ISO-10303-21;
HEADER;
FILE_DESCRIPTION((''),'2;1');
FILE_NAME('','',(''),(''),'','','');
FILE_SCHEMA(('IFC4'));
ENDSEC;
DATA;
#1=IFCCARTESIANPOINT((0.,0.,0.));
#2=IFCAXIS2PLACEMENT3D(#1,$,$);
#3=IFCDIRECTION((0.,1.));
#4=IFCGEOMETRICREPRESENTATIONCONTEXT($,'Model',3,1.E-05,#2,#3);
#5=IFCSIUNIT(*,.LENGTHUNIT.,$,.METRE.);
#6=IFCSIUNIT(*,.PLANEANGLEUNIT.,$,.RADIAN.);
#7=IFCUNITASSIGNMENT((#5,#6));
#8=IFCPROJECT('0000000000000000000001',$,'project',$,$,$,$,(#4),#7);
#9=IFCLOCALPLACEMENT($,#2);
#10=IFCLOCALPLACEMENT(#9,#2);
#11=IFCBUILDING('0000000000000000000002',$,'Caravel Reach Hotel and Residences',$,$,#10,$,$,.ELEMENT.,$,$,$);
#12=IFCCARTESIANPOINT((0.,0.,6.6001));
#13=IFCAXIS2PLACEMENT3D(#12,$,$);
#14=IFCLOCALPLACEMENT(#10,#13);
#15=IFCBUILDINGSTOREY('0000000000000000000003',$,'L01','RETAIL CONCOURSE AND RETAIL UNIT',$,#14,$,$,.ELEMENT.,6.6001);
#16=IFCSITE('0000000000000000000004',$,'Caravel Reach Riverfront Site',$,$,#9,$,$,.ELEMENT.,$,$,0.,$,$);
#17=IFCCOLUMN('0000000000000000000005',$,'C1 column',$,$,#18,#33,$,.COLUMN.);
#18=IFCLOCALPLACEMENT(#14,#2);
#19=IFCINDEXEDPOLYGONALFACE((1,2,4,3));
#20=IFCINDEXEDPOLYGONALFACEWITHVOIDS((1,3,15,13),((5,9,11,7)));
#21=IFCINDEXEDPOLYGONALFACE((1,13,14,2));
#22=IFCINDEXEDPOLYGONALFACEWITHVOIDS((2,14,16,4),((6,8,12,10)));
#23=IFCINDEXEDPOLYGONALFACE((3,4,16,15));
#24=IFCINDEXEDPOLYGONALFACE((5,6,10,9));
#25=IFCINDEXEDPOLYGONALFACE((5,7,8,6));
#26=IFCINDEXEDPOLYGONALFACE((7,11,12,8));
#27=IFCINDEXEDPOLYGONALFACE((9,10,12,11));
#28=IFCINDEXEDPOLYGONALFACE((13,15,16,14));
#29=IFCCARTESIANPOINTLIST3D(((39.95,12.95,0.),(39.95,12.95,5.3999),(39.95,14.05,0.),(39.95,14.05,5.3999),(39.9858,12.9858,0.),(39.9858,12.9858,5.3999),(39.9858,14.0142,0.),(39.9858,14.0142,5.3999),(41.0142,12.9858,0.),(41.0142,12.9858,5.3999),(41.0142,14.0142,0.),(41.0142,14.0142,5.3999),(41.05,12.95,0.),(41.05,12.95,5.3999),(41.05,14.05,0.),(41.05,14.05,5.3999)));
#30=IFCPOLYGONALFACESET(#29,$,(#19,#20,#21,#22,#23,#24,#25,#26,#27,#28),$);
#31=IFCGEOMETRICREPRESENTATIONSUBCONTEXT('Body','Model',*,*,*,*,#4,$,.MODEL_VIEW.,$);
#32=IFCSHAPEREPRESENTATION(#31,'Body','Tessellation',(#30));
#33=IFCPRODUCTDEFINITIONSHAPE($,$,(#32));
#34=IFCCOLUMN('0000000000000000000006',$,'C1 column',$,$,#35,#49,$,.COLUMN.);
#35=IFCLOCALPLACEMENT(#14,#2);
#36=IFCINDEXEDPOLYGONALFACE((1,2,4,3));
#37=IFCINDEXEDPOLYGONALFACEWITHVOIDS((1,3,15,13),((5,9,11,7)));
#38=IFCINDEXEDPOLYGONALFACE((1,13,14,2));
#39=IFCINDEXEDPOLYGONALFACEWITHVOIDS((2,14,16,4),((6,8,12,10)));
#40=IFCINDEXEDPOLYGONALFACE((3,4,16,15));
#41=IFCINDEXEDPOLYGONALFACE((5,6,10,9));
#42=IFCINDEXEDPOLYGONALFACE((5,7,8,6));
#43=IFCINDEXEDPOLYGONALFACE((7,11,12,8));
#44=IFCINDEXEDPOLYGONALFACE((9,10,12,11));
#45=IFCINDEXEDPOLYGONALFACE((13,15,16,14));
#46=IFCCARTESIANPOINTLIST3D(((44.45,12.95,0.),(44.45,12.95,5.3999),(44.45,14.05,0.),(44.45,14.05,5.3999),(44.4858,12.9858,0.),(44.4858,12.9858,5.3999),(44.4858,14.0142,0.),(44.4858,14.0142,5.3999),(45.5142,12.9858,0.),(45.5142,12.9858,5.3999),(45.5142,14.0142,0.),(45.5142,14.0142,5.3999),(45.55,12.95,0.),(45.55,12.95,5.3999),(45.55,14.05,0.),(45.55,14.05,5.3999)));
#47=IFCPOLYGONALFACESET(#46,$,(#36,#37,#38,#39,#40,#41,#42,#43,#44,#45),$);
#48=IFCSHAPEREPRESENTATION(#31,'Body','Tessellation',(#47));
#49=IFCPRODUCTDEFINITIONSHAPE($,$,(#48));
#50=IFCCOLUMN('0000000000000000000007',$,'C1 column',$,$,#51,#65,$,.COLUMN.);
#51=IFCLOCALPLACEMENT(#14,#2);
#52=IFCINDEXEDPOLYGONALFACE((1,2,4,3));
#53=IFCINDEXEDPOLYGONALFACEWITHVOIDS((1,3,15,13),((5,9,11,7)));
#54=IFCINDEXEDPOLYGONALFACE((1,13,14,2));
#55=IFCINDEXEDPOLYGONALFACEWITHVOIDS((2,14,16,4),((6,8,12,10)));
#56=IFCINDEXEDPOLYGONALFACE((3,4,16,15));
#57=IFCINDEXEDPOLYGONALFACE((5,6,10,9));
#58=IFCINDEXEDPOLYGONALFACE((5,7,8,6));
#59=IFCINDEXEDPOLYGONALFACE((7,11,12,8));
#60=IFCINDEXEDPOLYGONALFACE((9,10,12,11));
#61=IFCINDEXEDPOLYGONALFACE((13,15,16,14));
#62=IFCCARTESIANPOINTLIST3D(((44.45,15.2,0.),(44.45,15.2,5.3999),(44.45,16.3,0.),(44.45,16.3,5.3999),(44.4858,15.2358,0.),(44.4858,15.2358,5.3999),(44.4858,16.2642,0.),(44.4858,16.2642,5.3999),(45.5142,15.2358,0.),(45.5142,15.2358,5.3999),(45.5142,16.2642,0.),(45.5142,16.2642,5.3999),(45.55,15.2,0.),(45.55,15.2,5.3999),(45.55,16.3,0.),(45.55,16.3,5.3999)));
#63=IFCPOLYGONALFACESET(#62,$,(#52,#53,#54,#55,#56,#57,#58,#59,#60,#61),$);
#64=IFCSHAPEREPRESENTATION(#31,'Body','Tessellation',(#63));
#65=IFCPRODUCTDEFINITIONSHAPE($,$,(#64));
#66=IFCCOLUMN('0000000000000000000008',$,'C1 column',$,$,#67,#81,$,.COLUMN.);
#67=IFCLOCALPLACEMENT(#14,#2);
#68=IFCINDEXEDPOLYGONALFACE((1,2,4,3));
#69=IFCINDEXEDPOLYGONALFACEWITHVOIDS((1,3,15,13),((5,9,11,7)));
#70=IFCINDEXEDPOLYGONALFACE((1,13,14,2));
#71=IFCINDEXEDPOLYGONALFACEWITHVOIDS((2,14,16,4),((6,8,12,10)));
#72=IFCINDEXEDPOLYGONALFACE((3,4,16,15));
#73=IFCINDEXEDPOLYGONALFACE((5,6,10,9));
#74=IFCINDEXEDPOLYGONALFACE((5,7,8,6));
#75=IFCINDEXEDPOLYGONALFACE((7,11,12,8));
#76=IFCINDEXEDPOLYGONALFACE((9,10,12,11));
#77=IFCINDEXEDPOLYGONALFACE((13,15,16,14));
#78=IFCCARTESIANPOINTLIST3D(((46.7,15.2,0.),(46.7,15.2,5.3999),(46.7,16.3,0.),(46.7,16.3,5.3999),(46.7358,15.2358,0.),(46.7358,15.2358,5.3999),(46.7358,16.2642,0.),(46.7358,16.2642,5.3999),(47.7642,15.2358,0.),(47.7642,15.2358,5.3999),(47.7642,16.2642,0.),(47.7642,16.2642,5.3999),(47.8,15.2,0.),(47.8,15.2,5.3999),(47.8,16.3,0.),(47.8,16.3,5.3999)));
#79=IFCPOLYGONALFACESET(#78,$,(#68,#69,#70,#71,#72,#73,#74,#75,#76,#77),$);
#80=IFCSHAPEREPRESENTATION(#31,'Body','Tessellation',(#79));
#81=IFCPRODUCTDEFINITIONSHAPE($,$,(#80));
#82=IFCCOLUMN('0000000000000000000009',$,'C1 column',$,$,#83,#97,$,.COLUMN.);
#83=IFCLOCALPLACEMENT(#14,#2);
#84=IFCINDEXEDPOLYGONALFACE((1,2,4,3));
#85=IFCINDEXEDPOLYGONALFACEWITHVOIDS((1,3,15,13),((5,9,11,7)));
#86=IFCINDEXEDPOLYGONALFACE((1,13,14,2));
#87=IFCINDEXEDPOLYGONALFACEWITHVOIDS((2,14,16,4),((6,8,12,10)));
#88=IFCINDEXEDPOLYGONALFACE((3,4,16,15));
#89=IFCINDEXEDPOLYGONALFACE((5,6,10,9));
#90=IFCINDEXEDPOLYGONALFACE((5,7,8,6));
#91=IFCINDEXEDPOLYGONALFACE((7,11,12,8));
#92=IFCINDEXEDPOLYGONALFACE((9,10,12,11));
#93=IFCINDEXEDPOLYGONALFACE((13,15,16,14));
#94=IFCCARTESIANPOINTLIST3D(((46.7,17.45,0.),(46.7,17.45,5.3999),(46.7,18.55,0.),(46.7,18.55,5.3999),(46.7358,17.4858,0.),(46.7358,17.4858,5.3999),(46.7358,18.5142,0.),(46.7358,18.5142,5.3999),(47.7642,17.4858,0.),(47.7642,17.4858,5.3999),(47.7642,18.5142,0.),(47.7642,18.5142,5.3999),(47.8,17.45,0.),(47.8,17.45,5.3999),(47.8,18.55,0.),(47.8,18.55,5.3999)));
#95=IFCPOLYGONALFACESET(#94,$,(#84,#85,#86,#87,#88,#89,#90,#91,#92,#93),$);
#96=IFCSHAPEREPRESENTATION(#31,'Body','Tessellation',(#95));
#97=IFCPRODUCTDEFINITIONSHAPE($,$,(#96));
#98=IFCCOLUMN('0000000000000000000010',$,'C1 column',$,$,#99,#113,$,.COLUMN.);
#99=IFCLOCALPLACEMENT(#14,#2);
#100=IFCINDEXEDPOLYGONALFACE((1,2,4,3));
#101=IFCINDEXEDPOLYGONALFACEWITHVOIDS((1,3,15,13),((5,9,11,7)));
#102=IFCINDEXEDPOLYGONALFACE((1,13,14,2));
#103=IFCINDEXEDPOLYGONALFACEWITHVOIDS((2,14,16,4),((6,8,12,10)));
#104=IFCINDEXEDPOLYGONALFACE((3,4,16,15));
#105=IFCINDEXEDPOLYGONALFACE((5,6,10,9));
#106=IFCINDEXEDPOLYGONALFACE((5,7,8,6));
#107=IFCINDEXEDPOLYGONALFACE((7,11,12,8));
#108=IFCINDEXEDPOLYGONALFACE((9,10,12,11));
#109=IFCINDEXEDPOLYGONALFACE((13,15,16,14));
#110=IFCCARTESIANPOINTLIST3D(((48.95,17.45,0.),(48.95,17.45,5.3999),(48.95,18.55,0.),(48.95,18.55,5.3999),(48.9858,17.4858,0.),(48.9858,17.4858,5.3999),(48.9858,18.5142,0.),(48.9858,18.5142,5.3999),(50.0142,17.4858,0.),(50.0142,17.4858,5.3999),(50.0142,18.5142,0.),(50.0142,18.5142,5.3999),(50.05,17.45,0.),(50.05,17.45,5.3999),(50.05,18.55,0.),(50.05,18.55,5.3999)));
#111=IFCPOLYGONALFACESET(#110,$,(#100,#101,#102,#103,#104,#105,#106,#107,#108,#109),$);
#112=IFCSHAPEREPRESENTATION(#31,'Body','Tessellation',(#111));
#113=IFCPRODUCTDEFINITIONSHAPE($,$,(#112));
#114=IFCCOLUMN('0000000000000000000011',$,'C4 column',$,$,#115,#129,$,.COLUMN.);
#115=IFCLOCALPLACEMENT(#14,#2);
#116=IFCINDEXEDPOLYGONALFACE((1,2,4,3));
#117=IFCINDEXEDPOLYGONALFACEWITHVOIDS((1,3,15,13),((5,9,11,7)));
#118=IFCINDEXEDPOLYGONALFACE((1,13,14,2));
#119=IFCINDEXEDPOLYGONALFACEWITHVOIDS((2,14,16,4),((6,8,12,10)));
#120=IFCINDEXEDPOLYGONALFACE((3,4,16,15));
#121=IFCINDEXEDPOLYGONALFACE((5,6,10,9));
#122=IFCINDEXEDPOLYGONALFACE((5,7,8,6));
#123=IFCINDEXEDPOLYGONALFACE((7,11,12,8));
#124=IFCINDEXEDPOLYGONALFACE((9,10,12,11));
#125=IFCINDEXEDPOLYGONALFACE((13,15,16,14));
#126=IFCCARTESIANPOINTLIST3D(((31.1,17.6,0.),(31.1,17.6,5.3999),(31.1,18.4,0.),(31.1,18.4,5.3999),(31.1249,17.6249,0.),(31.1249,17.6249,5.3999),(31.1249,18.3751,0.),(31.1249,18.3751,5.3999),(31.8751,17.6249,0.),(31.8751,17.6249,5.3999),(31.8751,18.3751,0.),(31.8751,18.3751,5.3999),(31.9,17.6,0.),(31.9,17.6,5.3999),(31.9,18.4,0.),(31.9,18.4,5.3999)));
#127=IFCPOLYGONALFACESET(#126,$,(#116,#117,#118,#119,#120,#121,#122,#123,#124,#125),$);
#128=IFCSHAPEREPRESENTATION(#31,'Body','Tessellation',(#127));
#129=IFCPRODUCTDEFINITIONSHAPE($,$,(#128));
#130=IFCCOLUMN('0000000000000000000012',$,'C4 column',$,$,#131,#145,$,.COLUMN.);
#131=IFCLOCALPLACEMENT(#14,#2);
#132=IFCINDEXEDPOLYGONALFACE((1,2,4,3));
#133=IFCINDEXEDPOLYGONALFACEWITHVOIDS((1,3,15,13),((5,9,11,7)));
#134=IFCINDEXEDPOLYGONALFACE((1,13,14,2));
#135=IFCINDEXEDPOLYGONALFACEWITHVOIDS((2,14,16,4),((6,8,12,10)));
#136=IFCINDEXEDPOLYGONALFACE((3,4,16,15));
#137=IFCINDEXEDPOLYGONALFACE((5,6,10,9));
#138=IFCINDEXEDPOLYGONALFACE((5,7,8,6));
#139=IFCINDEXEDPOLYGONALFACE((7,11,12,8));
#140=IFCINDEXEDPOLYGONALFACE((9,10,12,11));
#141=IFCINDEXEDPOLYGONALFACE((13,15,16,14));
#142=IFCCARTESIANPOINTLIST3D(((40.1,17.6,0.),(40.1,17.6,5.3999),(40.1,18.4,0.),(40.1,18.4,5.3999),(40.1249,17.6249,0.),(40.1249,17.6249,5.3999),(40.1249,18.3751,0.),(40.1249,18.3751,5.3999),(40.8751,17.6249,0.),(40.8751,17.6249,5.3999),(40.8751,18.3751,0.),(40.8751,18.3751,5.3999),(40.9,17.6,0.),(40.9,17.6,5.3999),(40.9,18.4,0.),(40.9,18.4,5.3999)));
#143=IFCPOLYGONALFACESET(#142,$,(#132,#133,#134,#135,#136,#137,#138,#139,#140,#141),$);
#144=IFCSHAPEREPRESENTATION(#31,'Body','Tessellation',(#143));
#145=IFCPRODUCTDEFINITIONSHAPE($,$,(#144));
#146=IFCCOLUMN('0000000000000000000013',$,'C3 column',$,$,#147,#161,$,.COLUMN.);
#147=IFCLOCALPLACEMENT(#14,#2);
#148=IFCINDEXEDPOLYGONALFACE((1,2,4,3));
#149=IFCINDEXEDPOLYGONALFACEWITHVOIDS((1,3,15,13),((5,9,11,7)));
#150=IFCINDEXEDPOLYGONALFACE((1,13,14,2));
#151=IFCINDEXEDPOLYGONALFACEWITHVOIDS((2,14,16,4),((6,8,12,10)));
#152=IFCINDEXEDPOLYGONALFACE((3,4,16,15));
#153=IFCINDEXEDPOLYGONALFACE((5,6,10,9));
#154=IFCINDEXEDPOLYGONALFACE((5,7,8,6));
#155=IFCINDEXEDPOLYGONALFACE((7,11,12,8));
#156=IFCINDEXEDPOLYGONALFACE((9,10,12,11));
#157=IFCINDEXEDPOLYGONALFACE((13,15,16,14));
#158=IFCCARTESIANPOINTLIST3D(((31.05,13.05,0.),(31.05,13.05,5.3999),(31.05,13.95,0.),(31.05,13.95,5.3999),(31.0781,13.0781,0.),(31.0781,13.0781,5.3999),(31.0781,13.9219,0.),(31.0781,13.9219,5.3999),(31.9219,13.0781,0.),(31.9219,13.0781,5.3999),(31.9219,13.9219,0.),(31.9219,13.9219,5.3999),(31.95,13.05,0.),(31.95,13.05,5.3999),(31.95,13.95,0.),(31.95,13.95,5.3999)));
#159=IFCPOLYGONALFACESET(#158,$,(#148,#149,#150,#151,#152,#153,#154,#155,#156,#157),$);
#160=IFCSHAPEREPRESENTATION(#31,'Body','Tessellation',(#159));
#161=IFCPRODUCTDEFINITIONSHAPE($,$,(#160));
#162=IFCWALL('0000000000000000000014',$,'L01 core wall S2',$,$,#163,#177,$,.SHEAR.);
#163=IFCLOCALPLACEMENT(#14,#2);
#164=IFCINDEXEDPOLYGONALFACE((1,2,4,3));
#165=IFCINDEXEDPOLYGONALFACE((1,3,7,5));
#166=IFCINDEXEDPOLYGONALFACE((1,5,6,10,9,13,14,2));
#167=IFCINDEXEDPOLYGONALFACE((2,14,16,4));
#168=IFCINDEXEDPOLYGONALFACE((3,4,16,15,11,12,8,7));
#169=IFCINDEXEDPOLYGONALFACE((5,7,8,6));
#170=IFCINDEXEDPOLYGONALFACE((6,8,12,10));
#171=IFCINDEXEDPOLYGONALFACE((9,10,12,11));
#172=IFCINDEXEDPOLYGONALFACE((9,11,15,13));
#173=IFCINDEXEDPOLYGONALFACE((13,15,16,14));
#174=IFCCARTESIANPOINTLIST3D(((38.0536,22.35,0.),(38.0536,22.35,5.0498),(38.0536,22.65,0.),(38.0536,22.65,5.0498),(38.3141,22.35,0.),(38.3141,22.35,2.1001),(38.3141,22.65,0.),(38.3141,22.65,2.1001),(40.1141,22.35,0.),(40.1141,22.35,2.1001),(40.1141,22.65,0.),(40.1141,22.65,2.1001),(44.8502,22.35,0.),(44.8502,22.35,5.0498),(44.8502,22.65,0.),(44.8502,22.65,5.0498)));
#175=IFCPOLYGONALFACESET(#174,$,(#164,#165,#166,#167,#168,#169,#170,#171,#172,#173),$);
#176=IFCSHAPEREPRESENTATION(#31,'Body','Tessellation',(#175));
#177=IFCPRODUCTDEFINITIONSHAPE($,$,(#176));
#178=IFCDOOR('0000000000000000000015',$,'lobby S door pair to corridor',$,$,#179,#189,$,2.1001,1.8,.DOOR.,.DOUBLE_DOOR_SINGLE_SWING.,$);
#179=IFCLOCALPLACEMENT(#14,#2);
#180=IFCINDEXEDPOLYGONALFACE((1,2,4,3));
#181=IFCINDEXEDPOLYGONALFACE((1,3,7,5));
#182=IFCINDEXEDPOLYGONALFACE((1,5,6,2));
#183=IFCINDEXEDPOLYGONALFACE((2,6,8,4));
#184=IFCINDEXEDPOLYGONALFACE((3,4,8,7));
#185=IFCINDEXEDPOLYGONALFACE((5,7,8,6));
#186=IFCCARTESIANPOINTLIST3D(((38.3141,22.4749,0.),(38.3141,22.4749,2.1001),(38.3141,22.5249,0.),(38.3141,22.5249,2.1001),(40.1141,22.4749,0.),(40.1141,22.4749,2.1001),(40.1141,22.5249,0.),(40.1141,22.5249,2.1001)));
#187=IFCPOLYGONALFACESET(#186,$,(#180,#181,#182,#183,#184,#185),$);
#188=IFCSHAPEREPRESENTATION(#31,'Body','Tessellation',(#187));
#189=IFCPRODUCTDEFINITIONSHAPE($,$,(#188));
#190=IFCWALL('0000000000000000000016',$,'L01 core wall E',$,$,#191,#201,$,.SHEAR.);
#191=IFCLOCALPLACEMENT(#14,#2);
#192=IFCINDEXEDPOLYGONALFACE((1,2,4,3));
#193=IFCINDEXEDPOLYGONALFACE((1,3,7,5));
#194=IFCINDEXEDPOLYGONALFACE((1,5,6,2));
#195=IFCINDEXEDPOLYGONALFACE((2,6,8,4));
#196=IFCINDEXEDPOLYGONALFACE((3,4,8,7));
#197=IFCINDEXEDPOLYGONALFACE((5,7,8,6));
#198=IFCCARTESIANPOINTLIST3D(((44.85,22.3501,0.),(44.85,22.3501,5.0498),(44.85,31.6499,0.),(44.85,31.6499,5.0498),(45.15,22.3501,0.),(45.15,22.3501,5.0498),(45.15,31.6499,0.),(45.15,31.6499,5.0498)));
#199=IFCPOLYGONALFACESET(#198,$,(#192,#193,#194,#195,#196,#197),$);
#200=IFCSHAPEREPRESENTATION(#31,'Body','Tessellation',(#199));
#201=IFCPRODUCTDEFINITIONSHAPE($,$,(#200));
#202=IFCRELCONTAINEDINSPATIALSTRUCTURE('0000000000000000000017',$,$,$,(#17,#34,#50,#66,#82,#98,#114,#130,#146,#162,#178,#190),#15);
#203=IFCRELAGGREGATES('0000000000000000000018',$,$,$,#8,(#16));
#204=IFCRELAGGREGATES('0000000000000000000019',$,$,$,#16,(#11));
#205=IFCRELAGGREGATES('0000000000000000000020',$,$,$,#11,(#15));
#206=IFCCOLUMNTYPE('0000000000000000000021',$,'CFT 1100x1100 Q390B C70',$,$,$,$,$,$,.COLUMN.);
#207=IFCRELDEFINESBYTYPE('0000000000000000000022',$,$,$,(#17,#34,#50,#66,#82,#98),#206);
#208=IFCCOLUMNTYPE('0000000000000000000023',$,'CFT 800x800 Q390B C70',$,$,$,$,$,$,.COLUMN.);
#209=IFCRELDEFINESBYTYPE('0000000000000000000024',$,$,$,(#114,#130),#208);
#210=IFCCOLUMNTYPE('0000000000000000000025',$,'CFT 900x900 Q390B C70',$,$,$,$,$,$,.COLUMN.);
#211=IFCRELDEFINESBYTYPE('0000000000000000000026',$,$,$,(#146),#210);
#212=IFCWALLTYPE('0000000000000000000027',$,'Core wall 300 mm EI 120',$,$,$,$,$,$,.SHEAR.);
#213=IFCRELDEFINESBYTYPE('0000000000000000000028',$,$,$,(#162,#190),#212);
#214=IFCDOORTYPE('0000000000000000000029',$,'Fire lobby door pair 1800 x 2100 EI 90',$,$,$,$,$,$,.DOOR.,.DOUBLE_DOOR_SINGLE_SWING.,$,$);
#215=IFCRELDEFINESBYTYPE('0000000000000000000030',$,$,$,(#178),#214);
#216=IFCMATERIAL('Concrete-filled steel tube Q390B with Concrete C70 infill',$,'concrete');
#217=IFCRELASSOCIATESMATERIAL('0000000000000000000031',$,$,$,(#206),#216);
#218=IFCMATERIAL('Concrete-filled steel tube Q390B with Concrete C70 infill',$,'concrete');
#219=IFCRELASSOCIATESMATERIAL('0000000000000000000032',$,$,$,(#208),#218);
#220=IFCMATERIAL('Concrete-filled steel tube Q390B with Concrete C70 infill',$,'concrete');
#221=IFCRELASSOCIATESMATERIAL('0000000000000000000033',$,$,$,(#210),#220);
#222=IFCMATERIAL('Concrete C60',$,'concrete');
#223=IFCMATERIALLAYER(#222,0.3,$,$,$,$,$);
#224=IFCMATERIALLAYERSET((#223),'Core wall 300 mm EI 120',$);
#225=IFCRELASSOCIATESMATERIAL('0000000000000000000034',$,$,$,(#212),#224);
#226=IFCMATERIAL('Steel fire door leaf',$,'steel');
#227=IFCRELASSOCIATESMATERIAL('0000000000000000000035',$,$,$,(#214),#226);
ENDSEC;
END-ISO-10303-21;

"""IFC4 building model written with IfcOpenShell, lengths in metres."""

from ifc_helpers import new_model, si_unit, direction, frame, frame_2d, origin, origin_2d, place, context, subcontext, project, spatial, rectangle, hollow_rectangle, extrude, material, layer, layer_set, material_profile, profile_set, type_object, element, fill, save


model = new_model("IFC4")

# Units and contexts
model_context = context("Model", 3, precision=1e-05, world=origin(), true_north=direction((0.0, 1.0)))
body_context = subcontext(model_context, "Body", "Model", "MODEL_VIEW")
ifc_project = project(units=[si_unit("LENGTHUNIT", "METRE"), si_unit("PLANEANGLEUNIT", "RADIAN")], contexts=[model_context])

# Site, building, storey
site_placement = place(None, origin())
site = spatial("IfcSite", under=ifc_project, at=site_placement, Name="Caravel Reach Riverfront Site", CompositionType="ELEMENT", RefElevation=0.0)
building_placement = place(site_placement, origin())
building = spatial("IfcBuilding", under=site, at=building_placement, Name="Caravel Reach Hotel and Residences", CompositionType="ELEMENT")
storey_placement = place(building_placement, frame((0.0, 0.0, 6.6001)))
storey = spatial("IfcBuildingStorey", under=building, at=storey_placement, Name="L01", Description="RETAIL CONCOURSE AND RETAIL UNIT", CompositionType="ELEMENT", Elevation=6.6001)

# Columns
ifc_material_1 = material(Name="Concrete-filled steel tube Q390B with Concrete C70 infill", Category="concrete")
ifc_material_profile_1 = material_profile(ifc_material_1, hollow_rectangle(XDim=1.1001, YDim=1.1001, WallThickness=0.0359, at=origin_2d()), Name="RHS 1100x1100x36")
ifc_profile_set_1 = profile_set([ifc_material_profile_1], Name="Concrete-filled steel tube Q390B with Concrete C70 infill")
column_type_1 = type_object("IfcColumnType", Name="CFT 1100x1100 Q390B C70", PredefinedType="COLUMN", material=ifc_profile_set_1)
for number, where, z_axis, x_axis, name in (
    (1, (40.5, 13.5, 0.0), (0.0, 0.0, 1.0), (1.0, 0.0, 0.0), "C1 column"),
    (2, (45.0, 13.5, 0.0), (0.0, 0.0, 1.0), (1.0, 0.0, 0.0), "C1 column"),
    (3, (45.0, 15.75, 0.0), (0.0, 0.0, 1.0), (1.0, 0.0, 0.0), "C1 column"),
    (4, (47.25, 15.75, 0.0), (0.0, 0.0, 1.0), (1.0, 0.0, 0.0), "C1 column"),
    (5, (47.25, 18.0, 0.0), (0.0, 0.0, 1.0), (1.0, 0.0, 0.0), "C1 column"),
    (6, (49.5, 18.0, 0.0), (0.0, 0.0, 1.0), (1.0, 0.0, 0.0), "C1 column"),
):
    element("IfcColumn", number, at=place(storey_placement, frame(where, z_axis=z_axis, x_axis=x_axis)), inside=storey, type_object=column_type_1, Name=name, PredefinedType="COLUMN", context=body_context, shape_type="SweptSolid", body=[
        extrude(hollow_rectangle(XDim=1.1001, YDim=1.1001, WallThickness=0.0359, at=origin_2d()), origin(), (0.0, 0.0, 1.0), 5.3999),
    ])
ifc_material_2 = material(Name="Concrete-filled steel tube Q390B with Concrete C70 infill", Category="concrete")
ifc_material_profile_2 = material_profile(ifc_material_2, hollow_rectangle(XDim=0.8, YDim=0.8, WallThickness=0.0249, at=origin_2d()), Name="RHS 800x800x25")
ifc_profile_set_2 = profile_set([ifc_material_profile_2], Name="Concrete-filled steel tube Q390B with Concrete C70 infill")
column_type_2 = type_object("IfcColumnType", Name="CFT 800x800 Q390B C70", PredefinedType="COLUMN", material=ifc_profile_set_2)
for number, where, z_axis, x_axis, name in (
    (7, (31.5, 18.0, 0.0), (0.0, 0.0, 1.0), (1.0, 0.0, 0.0), "C4 column"),
    (8, (40.5, 18.0, 0.0), (0.0, 0.0, 1.0), (1.0, 0.0, 0.0), "C4 column"),
):
    element("IfcColumn", number, at=place(storey_placement, frame(where, z_axis=z_axis, x_axis=x_axis)), inside=storey, type_object=column_type_2, Name=name, PredefinedType="COLUMN", context=body_context, shape_type="SweptSolid", body=[
        extrude(hollow_rectangle(XDim=0.8, YDim=0.8, WallThickness=0.0249, at=origin_2d()), origin(), (0.0, 0.0, 1.0), 5.3999),
    ])
ifc_material_3 = material(Name="Concrete-filled steel tube Q390B with Concrete C70 infill", Category="concrete")
ifc_material_profile_3 = material_profile(ifc_material_3, hollow_rectangle(XDim=0.8999, YDim=0.8999, WallThickness=0.0281, at=origin_2d()), Name="RHS 900x900x28")
ifc_profile_set_3 = profile_set([ifc_material_profile_3], Name="Concrete-filled steel tube Q390B with Concrete C70 infill")
column_type_3 = type_object("IfcColumnType", Name="CFT 900x900 Q390B C70", PredefinedType="COLUMN", material=ifc_profile_set_3)
column_placement = place(storey_placement, frame((31.5, 13.5, 0.0), z_axis=(0.0, 0.0, 1.0), x_axis=(1.0, 0.0, 0.0)))
element("IfcColumn", 9, at=column_placement, inside=storey, type_object=column_type_3, Name="C3 column", PredefinedType="COLUMN", context=body_context, shape_type="SweptSolid", body=[
    extrude(hollow_rectangle(XDim=0.8999, YDim=0.8999, WallThickness=0.0281, at=origin_2d()), origin(), (0.0, 0.0, 1.0), 5.3999),
])

# Wall, opening, door
ifc_material_4 = material(Name="Concrete C60", Category="concrete")
ifc_layer_1 = layer(ifc_material_4, 0.3)
ifc_layer_set_1 = layer_set([ifc_layer_1], Name="Core wall 300 mm EI 120")
wall_type_1 = type_object("IfcWallType", Name="Core wall 300 mm EI 120", PredefinedType="SHEAR", material=ifc_layer_set_1)
wall_1_placement = place(storey_placement, frame((38.0535, 22.5, 0.0), z_axis=(0.0, 0.0, 1.0), x_axis=(1.0, 0.0, 0.0)))
wall_1 = element("IfcWall", 10, at=wall_1_placement, inside=storey, type_object=wall_type_1, Name="L01 core wall S2", PredefinedType="SHEAR", context=body_context, shape_type="SweptSolid", body=[
    extrude(rectangle(XDim=6.7966, YDim=0.3, at=frame_2d((3.3984, 0.0))), origin(), (0.0, 0.0, 1.0), 5.0498),
])
opening_1_placement = place(wall_1_placement, frame((0.2607, 0.0, 0.0)))
opening_1 = element("IfcOpeningElement", 11, at=opening_1_placement, cuts=wall_1, PredefinedType="OPENING", context=body_context, shape_type="SweptSolid", body=[
    extrude(rectangle(XDim=1.8, YDim=2.1001, at=frame_2d((0.8999, 1.05))), frame((0.0, 0.1599, 0.0), z_axis=(0.0, -1.0, 0.0), x_axis=(1.0, 0.0, 0.0)), (0.0, 0.0, 1.0), 0.3201),
])
ifc_material_5 = material(Name="Steel fire door leaf", Category="steel")
door_type_1 = type_object("IfcDoorType", Name="Fire lobby door pair 1800 x 2100 EI 90", OperationType="DOUBLE_DOOR_SINGLE_SWING", PredefinedType="DOOR", material=ifc_material_5)
door_1_placement = place(opening_1_placement, origin())
door_1 = element("IfcDoor", 12, at=door_1_placement, inside=storey, type_object=door_type_1, Name="lobby S door pair to corridor", OperationType="DOUBLE_DOOR_SINGLE_SWING", OverallHeight=2.1001, OverallWidth=1.8, PredefinedType="DOOR", context=body_context, shape_type="SweptSolid", body=[
    extrude(rectangle(XDim=1.8, YDim=2.1001, at=frame_2d((0.8999, 1.05))), frame((0.0, 0.0249, 0.0), z_axis=(0.0, -1.0, 0.0), x_axis=(1.0, 0.0, 0.0)), (0.0, 0.0, 1.0), 0.05),
])
fill(opening_1, door_1)

# Wall
wall_2_placement = place(storey_placement, frame((45.0, 22.3501, 0.0), z_axis=(0.0, 0.0, 1.0), x_axis=(0.0, 1.0, 0.0)))
element("IfcWall", 13, at=wall_2_placement, inside=storey, type_object=wall_type_1, Name="L01 core wall E", PredefinedType="SHEAR", context=body_context, shape_type="SweptSolid", body=[
    extrude(rectangle(XDim=9.2998, YDim=0.3, at=frame_2d((4.6499, 0.0))), origin(), (0.0, 0.0, 1.0), 5.0498),
])

save(model, "model.ifc")
